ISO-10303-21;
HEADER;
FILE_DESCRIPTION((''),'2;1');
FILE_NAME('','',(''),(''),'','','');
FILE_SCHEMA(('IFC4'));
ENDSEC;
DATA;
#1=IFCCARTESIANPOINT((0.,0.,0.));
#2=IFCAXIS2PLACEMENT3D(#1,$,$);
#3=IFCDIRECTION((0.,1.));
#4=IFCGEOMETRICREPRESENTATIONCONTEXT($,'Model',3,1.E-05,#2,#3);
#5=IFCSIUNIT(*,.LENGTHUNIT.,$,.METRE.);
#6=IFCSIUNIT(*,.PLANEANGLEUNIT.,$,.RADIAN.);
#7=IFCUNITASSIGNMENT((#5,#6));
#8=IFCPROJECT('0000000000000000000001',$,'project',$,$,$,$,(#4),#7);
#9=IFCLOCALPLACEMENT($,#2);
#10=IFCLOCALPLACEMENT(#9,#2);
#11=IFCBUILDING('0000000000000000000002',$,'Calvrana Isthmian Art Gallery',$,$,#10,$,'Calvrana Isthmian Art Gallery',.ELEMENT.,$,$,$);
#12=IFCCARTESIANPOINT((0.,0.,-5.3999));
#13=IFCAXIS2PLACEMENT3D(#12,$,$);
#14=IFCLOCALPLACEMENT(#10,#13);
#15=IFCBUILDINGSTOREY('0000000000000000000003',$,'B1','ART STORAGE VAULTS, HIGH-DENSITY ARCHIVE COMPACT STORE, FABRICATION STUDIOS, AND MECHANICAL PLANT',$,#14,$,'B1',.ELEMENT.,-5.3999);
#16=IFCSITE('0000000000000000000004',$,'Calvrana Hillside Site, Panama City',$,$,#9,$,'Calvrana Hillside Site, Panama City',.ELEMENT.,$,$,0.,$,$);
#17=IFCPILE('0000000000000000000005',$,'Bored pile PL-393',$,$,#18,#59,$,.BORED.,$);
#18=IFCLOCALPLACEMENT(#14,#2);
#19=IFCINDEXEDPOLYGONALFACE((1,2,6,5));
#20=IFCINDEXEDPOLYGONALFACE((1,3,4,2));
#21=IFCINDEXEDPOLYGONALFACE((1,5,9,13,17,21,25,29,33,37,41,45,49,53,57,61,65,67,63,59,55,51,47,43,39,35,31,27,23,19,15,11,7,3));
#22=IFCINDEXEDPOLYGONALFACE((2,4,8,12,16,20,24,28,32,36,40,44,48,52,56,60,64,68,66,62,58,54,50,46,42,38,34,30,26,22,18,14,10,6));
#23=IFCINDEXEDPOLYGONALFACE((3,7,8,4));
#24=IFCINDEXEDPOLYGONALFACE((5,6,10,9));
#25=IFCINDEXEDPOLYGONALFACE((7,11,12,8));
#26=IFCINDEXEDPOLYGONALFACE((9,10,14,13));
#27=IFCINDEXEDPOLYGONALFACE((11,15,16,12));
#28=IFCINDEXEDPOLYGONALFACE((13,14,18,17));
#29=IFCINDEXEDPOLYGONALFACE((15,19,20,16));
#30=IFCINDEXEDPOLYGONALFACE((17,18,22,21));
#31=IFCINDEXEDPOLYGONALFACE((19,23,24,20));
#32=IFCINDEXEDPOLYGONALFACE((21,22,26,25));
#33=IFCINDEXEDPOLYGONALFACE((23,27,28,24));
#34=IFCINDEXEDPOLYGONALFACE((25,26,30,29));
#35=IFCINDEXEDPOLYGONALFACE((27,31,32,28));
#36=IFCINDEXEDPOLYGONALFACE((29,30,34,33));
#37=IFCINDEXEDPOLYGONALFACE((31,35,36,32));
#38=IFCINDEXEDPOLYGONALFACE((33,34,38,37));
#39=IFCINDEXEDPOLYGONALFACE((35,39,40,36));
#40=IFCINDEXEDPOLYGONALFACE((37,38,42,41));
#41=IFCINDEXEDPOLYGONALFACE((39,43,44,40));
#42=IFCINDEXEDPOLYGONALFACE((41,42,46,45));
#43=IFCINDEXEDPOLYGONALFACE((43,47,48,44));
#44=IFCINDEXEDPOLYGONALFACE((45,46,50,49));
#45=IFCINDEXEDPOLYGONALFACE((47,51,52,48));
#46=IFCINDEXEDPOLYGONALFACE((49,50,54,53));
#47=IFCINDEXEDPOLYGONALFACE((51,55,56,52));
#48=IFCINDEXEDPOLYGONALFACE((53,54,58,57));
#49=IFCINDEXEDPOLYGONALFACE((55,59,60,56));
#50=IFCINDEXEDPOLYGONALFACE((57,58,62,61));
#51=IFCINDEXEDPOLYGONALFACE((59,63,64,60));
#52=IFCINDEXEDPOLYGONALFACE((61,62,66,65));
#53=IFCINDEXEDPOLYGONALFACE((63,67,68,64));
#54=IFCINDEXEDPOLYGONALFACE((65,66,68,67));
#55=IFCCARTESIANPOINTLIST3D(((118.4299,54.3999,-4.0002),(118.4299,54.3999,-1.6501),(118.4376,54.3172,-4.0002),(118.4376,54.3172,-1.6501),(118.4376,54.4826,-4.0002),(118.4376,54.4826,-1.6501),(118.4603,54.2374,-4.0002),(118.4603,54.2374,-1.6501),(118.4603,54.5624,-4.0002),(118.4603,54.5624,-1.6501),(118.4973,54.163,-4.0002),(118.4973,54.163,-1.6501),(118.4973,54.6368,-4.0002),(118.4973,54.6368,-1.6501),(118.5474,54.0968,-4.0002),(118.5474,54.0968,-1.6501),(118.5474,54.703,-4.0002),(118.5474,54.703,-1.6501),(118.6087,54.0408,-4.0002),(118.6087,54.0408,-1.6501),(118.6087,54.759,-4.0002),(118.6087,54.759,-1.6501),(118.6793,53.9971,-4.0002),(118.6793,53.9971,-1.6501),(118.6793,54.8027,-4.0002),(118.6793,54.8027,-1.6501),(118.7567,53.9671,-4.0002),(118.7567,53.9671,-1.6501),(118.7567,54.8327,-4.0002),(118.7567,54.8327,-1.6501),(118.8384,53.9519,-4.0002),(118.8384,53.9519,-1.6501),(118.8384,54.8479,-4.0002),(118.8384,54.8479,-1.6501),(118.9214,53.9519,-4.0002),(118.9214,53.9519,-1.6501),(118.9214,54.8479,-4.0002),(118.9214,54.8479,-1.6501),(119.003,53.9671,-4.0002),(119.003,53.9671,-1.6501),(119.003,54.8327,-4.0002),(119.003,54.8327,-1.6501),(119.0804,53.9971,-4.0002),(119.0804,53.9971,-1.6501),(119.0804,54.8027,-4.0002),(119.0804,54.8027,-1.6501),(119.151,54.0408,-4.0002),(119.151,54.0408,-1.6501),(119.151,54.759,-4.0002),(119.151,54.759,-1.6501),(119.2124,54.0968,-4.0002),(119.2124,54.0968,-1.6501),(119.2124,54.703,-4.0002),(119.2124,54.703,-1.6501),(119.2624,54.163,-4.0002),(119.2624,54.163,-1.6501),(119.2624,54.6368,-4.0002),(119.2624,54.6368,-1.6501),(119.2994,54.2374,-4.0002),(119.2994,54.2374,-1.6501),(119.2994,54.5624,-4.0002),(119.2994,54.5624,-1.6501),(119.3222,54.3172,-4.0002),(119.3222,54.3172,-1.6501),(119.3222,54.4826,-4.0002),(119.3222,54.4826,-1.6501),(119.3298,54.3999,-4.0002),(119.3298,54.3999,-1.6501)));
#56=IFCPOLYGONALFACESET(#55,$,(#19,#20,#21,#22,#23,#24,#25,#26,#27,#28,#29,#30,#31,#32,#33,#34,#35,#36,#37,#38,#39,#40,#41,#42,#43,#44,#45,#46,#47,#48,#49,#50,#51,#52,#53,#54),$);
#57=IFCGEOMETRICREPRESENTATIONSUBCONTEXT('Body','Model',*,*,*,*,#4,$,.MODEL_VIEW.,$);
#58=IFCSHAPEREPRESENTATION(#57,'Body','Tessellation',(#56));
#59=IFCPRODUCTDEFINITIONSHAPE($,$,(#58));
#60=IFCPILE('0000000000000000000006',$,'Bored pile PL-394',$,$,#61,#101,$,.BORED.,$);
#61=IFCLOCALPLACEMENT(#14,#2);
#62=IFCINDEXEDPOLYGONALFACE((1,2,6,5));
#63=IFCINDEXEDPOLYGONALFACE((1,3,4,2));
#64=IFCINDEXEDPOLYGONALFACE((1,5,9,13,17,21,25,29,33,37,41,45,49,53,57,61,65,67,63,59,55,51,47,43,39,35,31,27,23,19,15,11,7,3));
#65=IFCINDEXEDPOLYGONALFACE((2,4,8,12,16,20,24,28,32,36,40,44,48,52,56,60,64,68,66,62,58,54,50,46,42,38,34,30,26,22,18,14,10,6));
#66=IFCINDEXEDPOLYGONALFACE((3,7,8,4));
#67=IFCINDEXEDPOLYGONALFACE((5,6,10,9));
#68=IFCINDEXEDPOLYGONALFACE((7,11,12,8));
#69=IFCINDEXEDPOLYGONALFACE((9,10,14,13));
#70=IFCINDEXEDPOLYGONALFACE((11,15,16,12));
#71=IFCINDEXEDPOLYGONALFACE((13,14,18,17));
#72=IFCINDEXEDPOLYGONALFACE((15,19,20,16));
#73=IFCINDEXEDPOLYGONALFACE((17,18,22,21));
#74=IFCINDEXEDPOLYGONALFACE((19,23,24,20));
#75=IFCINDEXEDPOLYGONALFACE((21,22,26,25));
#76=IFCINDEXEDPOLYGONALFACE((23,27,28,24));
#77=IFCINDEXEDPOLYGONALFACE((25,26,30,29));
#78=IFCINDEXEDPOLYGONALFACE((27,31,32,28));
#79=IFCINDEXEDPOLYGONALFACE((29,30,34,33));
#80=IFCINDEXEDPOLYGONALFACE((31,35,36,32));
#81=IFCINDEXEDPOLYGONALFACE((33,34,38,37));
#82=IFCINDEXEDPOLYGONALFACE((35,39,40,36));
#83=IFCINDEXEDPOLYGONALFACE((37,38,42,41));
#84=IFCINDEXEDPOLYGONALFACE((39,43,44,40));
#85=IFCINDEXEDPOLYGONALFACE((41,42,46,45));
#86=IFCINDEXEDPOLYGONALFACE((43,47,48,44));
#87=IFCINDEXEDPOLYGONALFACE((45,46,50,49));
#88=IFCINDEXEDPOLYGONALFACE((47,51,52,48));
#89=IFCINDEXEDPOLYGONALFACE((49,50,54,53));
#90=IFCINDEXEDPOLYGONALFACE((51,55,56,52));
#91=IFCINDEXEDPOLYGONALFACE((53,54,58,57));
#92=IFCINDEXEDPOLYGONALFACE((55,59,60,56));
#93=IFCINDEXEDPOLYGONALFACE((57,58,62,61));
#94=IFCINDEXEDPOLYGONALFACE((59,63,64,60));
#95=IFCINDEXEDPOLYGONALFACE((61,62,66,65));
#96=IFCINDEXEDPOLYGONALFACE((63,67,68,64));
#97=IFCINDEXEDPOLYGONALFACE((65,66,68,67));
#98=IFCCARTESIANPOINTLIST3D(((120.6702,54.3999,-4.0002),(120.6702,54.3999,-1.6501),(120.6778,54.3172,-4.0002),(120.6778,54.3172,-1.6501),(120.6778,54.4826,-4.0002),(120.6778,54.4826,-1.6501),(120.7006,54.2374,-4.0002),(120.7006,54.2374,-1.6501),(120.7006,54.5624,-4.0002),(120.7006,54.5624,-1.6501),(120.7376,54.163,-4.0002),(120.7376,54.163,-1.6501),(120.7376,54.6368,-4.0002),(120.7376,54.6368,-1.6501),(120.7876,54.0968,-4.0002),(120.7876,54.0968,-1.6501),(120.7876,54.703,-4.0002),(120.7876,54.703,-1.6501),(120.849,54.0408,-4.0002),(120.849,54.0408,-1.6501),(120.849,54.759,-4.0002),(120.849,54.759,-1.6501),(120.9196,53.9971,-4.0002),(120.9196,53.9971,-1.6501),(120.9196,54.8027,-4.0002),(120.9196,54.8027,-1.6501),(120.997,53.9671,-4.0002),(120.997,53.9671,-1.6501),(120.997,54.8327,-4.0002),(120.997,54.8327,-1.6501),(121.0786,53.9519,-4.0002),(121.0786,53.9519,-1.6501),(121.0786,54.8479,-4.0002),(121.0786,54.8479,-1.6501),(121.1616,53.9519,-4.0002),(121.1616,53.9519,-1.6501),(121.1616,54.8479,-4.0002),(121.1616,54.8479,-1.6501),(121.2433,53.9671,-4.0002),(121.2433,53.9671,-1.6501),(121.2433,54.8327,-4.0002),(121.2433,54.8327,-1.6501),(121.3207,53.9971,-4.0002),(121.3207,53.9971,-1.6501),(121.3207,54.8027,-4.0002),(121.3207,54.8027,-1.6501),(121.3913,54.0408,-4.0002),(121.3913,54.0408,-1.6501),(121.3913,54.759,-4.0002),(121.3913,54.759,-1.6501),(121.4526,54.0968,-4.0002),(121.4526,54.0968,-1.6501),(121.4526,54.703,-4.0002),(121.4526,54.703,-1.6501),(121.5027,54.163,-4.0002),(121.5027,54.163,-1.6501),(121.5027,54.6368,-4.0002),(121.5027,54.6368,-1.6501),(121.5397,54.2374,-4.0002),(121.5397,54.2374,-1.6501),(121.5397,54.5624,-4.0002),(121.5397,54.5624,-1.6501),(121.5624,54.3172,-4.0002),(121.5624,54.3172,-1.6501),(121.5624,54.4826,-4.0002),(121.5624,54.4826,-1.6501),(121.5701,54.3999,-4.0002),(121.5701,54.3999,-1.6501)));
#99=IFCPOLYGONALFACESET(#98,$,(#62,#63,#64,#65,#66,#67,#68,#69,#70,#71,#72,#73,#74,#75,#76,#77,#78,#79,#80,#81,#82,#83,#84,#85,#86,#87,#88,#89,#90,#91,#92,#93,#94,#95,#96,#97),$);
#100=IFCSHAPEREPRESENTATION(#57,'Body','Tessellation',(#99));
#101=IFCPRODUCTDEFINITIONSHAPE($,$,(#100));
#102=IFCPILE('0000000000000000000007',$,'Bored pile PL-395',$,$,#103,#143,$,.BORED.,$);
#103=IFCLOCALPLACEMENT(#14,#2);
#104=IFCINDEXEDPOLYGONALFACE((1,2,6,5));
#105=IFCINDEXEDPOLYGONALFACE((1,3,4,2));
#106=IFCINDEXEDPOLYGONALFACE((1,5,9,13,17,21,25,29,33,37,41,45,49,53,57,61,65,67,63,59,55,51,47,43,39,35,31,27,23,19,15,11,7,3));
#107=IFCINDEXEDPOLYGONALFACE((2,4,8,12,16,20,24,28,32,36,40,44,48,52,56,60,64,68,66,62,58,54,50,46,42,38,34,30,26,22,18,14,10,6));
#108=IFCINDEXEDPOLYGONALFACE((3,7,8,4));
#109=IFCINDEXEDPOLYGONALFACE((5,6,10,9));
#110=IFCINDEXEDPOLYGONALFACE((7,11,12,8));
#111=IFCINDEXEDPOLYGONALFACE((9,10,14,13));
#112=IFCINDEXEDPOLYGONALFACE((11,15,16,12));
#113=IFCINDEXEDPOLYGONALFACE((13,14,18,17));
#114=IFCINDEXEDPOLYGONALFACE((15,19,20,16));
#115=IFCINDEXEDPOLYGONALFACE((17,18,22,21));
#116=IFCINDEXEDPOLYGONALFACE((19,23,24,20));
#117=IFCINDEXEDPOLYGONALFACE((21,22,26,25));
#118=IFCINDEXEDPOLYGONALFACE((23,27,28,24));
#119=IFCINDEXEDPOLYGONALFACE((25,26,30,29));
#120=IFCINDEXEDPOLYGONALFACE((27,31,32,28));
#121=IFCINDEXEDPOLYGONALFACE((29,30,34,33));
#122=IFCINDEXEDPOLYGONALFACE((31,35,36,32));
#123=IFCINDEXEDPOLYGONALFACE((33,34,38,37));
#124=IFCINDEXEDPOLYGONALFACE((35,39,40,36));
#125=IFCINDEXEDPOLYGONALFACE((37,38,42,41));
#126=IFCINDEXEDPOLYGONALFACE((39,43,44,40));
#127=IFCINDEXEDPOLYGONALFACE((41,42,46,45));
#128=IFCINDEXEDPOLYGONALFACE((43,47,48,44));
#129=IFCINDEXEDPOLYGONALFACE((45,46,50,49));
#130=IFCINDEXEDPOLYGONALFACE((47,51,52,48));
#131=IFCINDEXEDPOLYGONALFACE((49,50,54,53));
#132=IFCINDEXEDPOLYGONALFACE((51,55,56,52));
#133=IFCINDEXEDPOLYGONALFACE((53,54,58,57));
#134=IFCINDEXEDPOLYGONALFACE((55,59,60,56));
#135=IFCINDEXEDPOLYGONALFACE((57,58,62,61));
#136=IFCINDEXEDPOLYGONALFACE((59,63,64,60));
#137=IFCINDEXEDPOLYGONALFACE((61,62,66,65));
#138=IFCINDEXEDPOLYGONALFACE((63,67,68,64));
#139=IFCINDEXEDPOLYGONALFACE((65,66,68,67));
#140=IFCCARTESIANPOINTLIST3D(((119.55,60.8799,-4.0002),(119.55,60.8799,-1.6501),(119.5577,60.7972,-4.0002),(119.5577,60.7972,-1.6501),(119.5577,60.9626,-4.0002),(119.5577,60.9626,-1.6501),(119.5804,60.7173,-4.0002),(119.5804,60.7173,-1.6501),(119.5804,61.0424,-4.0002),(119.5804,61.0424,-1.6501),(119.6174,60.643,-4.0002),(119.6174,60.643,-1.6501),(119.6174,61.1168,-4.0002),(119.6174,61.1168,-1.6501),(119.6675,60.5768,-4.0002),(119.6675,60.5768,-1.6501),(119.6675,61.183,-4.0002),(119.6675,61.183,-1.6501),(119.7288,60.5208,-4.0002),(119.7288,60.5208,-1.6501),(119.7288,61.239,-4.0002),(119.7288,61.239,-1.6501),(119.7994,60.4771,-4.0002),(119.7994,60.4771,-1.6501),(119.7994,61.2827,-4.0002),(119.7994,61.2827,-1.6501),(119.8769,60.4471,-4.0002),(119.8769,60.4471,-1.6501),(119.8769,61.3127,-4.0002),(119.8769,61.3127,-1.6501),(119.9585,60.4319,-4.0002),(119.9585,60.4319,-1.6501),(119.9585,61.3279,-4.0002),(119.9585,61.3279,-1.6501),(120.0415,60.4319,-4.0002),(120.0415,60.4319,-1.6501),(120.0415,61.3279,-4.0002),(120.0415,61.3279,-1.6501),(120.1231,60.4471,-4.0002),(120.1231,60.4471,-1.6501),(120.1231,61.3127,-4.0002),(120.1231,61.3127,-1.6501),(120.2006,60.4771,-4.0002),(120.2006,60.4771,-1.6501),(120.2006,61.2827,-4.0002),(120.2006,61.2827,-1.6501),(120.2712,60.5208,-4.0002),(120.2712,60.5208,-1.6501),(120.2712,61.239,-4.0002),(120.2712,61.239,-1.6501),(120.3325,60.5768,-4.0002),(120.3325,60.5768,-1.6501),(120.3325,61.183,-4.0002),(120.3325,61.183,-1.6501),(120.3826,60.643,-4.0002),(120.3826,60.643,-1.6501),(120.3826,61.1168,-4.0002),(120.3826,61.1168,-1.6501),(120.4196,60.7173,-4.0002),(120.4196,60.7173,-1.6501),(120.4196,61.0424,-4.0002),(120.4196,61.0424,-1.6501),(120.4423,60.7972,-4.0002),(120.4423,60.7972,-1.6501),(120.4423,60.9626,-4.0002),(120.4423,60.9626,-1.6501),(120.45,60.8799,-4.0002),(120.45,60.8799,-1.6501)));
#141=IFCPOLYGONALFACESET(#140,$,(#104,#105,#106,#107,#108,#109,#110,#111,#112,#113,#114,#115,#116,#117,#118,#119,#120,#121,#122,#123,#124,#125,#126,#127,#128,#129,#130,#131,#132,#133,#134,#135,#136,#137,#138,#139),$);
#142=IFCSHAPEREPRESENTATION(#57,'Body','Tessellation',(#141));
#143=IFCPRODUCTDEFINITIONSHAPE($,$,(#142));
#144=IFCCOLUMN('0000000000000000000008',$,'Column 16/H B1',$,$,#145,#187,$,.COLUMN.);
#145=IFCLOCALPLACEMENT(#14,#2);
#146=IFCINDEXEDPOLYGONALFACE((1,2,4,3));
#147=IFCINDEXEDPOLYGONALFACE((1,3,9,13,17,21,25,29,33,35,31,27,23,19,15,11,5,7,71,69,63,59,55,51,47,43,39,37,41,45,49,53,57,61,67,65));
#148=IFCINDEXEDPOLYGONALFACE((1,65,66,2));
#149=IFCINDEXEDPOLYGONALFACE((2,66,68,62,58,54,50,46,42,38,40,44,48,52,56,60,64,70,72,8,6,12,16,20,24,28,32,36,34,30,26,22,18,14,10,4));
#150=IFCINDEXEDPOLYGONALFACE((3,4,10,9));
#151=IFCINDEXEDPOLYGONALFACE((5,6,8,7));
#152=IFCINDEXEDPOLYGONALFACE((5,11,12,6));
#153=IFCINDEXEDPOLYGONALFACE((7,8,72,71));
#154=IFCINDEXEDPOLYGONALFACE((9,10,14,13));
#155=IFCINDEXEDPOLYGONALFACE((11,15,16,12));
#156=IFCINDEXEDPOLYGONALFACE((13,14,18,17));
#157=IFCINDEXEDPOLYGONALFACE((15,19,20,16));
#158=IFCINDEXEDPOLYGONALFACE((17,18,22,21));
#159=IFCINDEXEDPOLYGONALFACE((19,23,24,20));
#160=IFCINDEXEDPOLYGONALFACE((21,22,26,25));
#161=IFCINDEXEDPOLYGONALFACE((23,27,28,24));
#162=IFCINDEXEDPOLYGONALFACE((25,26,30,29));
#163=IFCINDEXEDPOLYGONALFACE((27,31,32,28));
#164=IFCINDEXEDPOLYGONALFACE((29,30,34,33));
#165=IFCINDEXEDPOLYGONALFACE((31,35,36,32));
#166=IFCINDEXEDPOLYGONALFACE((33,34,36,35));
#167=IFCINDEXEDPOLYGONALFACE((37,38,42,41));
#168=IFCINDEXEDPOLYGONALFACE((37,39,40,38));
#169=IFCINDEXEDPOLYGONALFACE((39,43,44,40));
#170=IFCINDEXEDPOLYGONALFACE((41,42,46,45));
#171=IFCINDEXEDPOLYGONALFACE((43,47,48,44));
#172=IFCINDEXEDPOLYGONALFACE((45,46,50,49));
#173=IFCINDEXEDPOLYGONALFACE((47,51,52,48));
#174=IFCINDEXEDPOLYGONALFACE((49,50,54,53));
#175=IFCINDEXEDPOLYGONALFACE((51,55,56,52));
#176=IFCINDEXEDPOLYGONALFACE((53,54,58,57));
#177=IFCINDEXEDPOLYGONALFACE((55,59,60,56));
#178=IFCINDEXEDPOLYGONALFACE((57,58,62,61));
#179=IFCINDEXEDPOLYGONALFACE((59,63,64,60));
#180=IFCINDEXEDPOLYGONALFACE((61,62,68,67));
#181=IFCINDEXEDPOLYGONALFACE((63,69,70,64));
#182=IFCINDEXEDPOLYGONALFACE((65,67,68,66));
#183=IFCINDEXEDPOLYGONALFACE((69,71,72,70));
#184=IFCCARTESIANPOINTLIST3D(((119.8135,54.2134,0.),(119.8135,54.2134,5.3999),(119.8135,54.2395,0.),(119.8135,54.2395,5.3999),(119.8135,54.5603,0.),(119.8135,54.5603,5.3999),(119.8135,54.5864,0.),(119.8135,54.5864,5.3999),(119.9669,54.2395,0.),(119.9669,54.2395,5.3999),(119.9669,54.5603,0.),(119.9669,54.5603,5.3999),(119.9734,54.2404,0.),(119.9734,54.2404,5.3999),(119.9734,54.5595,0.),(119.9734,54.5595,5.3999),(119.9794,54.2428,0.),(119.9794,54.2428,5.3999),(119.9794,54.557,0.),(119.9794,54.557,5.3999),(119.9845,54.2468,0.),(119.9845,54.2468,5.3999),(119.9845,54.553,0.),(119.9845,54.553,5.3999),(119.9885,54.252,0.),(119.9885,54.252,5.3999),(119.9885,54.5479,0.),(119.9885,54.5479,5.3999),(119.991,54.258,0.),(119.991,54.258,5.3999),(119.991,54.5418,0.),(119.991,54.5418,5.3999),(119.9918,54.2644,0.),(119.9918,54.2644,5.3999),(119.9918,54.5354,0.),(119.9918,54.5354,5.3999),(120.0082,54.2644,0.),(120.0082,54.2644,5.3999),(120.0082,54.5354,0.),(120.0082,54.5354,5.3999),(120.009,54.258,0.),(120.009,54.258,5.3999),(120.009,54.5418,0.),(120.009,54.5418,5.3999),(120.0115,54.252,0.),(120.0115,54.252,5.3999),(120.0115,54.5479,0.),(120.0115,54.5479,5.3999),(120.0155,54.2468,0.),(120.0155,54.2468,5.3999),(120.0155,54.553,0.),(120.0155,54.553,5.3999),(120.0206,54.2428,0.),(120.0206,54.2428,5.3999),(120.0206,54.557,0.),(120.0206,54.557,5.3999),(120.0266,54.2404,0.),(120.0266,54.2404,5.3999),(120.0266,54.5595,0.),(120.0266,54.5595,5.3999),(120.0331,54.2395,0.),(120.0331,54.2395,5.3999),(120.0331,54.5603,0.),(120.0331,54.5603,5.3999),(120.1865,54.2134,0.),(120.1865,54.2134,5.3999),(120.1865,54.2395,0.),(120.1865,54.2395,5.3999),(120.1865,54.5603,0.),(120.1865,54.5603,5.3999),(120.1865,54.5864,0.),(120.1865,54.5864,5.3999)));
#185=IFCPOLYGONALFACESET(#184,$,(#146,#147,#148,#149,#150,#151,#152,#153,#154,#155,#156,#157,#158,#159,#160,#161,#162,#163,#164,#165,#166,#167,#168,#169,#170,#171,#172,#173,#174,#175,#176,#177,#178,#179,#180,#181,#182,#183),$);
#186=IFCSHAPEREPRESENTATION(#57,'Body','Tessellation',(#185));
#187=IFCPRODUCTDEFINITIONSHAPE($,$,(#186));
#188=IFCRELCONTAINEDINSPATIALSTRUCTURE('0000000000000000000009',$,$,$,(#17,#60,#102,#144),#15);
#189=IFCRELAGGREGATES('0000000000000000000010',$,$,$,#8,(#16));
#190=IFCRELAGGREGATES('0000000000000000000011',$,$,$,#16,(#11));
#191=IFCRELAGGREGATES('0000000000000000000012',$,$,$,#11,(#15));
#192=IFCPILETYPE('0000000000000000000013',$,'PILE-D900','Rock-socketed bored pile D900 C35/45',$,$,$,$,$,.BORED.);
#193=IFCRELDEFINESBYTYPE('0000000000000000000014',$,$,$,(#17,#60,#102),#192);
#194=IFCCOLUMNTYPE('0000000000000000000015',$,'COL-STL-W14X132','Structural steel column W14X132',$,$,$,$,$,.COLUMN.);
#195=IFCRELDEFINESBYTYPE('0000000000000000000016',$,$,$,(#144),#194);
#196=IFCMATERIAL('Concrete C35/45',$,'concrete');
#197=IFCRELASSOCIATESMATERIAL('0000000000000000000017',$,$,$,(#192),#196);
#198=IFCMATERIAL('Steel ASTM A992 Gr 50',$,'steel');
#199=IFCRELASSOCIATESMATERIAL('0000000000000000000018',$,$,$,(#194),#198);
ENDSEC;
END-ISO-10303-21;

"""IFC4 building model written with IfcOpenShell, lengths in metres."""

from ifc_helpers import new_model, si_unit, direction, frame, origin, origin_2d, place, context, subcontext, project, spatial, circle, i_section, extrude, material, material_profile, profile_set, type_object, element, save


model = new_model("IFC4")

# Units and contexts
model_context = context("Model", 3, precision=1e-05, world=origin(), true_north=direction((0.0, 1.0)))
body_context = subcontext(model_context, "Body", "Model", "MODEL_VIEW")
ifc_project = project(units=[si_unit("LENGTHUNIT", "METRE"), si_unit("PLANEANGLEUNIT", "RADIAN")], contexts=[model_context])

# Site, building, storey
site_placement = place(None, origin())
site = spatial("IfcSite", under=ifc_project, at=site_placement, Name="Calvrana Hillside Site, Panama City", LongName="Calvrana Hillside Site, Panama City", CompositionType="ELEMENT", RefElevation=0.0)
building_placement = place(site_placement, origin())
building = spatial("IfcBuilding", under=site, at=building_placement, Name="Calvrana Isthmian Art Gallery", LongName="Calvrana Isthmian Art Gallery", CompositionType="ELEMENT")
storey_placement = place(building_placement, frame((0.0, 0.0, -5.3999)))
storey = spatial("IfcBuildingStorey", under=building, at=storey_placement, Name="B1", Description="ART STORAGE VAULTS, HIGH-DENSITY ARCHIVE COMPACT STORE, FABRICATION STUDIOS, AND MECHANICAL PLANT", LongName="B1", CompositionType="ELEMENT", Elevation=-5.3999)

# Shared definitions
ifc_material_1 = material(Name="Concrete C35/45", Category="concrete")

# Piles
ifc_material_profile_1 = material_profile(ifc_material_1, circle(Radius=0.45, at=origin_2d()), Name="PILE900D")
ifc_profile_set_1 = profile_set([ifc_material_profile_1], Name="Concrete C35/45")
pile_type_1 = type_object("IfcPileType", Name="PILE-D900", Description="Rock-socketed bored pile D900 C35/45", PredefinedType="BORED", material=ifc_profile_set_1)
for number, where, z_axis, x_axis, name in (
    (1, (118.8799, 54.3999, -1.6501), (0.0, 0.0, -1.0), (1.0, 0.0, 0.0), "Bored pile PL-393"),
    (2, (121.1201, 54.3999, -1.6501), (0.0, 0.0, -1.0), (1.0, 0.0, 0.0), "Bored pile PL-394"),
    (3, (120.0, 60.8799, -1.6501), (0.0, 0.0, -1.0), (1.0, 0.0, 0.0), "Bored pile PL-395"),
):
    element("IfcPile", number, at=place(storey_placement, frame(where, z_axis=z_axis, x_axis=x_axis)), inside=storey, type_object=pile_type_1, Name=name, PredefinedType="BORED", context=body_context, shape_type="SweptSolid", body=[
        extrude(circle(Radius=0.45, at=origin_2d()), origin(), (0.0, 0.0, 1.0), 2.3501),
    ])

# Column
ifc_material_2 = material(Name="Steel ASTM A992 Gr 50", Category="steel")
ifc_material_profile_2 = material_profile(ifc_material_2, i_section(OverallWidth=0.373, OverallDepth=0.373, WebThickness=0.0164, FlangeThickness=0.0261, FilletRadius=0.0249, at=origin_2d()), Name="W14X132")
ifc_profile_set_2 = profile_set([ifc_material_profile_2], Name="Steel ASTM A992 Gr 50")
column_type_1 = type_object("IfcColumnType", Name="COL-STL-W14X132", Description="Structural steel column W14X132", PredefinedType="COLUMN", material=ifc_profile_set_2)
column_1_placement = place(storey_placement, frame((120.0, 54.3999, 0.0), z_axis=(0.0, 0.0, 1.0), x_axis=(1.0, 0.0, 0.0)))
element("IfcColumn", 4, at=column_1_placement, inside=storey, type_object=column_type_1, Name="Column 16/H B1", PredefinedType="COLUMN", context=body_context, shape_type="SweptSolid", body=[
    extrude(i_section(OverallWidth=0.373, OverallDepth=0.373, WebThickness=0.0164, FlangeThickness=0.0261, FilletRadius=0.0249, at=origin_2d()), origin(), (0.0, 0.0, 1.0), 5.3999),
])

save(model, "model.ifc")
